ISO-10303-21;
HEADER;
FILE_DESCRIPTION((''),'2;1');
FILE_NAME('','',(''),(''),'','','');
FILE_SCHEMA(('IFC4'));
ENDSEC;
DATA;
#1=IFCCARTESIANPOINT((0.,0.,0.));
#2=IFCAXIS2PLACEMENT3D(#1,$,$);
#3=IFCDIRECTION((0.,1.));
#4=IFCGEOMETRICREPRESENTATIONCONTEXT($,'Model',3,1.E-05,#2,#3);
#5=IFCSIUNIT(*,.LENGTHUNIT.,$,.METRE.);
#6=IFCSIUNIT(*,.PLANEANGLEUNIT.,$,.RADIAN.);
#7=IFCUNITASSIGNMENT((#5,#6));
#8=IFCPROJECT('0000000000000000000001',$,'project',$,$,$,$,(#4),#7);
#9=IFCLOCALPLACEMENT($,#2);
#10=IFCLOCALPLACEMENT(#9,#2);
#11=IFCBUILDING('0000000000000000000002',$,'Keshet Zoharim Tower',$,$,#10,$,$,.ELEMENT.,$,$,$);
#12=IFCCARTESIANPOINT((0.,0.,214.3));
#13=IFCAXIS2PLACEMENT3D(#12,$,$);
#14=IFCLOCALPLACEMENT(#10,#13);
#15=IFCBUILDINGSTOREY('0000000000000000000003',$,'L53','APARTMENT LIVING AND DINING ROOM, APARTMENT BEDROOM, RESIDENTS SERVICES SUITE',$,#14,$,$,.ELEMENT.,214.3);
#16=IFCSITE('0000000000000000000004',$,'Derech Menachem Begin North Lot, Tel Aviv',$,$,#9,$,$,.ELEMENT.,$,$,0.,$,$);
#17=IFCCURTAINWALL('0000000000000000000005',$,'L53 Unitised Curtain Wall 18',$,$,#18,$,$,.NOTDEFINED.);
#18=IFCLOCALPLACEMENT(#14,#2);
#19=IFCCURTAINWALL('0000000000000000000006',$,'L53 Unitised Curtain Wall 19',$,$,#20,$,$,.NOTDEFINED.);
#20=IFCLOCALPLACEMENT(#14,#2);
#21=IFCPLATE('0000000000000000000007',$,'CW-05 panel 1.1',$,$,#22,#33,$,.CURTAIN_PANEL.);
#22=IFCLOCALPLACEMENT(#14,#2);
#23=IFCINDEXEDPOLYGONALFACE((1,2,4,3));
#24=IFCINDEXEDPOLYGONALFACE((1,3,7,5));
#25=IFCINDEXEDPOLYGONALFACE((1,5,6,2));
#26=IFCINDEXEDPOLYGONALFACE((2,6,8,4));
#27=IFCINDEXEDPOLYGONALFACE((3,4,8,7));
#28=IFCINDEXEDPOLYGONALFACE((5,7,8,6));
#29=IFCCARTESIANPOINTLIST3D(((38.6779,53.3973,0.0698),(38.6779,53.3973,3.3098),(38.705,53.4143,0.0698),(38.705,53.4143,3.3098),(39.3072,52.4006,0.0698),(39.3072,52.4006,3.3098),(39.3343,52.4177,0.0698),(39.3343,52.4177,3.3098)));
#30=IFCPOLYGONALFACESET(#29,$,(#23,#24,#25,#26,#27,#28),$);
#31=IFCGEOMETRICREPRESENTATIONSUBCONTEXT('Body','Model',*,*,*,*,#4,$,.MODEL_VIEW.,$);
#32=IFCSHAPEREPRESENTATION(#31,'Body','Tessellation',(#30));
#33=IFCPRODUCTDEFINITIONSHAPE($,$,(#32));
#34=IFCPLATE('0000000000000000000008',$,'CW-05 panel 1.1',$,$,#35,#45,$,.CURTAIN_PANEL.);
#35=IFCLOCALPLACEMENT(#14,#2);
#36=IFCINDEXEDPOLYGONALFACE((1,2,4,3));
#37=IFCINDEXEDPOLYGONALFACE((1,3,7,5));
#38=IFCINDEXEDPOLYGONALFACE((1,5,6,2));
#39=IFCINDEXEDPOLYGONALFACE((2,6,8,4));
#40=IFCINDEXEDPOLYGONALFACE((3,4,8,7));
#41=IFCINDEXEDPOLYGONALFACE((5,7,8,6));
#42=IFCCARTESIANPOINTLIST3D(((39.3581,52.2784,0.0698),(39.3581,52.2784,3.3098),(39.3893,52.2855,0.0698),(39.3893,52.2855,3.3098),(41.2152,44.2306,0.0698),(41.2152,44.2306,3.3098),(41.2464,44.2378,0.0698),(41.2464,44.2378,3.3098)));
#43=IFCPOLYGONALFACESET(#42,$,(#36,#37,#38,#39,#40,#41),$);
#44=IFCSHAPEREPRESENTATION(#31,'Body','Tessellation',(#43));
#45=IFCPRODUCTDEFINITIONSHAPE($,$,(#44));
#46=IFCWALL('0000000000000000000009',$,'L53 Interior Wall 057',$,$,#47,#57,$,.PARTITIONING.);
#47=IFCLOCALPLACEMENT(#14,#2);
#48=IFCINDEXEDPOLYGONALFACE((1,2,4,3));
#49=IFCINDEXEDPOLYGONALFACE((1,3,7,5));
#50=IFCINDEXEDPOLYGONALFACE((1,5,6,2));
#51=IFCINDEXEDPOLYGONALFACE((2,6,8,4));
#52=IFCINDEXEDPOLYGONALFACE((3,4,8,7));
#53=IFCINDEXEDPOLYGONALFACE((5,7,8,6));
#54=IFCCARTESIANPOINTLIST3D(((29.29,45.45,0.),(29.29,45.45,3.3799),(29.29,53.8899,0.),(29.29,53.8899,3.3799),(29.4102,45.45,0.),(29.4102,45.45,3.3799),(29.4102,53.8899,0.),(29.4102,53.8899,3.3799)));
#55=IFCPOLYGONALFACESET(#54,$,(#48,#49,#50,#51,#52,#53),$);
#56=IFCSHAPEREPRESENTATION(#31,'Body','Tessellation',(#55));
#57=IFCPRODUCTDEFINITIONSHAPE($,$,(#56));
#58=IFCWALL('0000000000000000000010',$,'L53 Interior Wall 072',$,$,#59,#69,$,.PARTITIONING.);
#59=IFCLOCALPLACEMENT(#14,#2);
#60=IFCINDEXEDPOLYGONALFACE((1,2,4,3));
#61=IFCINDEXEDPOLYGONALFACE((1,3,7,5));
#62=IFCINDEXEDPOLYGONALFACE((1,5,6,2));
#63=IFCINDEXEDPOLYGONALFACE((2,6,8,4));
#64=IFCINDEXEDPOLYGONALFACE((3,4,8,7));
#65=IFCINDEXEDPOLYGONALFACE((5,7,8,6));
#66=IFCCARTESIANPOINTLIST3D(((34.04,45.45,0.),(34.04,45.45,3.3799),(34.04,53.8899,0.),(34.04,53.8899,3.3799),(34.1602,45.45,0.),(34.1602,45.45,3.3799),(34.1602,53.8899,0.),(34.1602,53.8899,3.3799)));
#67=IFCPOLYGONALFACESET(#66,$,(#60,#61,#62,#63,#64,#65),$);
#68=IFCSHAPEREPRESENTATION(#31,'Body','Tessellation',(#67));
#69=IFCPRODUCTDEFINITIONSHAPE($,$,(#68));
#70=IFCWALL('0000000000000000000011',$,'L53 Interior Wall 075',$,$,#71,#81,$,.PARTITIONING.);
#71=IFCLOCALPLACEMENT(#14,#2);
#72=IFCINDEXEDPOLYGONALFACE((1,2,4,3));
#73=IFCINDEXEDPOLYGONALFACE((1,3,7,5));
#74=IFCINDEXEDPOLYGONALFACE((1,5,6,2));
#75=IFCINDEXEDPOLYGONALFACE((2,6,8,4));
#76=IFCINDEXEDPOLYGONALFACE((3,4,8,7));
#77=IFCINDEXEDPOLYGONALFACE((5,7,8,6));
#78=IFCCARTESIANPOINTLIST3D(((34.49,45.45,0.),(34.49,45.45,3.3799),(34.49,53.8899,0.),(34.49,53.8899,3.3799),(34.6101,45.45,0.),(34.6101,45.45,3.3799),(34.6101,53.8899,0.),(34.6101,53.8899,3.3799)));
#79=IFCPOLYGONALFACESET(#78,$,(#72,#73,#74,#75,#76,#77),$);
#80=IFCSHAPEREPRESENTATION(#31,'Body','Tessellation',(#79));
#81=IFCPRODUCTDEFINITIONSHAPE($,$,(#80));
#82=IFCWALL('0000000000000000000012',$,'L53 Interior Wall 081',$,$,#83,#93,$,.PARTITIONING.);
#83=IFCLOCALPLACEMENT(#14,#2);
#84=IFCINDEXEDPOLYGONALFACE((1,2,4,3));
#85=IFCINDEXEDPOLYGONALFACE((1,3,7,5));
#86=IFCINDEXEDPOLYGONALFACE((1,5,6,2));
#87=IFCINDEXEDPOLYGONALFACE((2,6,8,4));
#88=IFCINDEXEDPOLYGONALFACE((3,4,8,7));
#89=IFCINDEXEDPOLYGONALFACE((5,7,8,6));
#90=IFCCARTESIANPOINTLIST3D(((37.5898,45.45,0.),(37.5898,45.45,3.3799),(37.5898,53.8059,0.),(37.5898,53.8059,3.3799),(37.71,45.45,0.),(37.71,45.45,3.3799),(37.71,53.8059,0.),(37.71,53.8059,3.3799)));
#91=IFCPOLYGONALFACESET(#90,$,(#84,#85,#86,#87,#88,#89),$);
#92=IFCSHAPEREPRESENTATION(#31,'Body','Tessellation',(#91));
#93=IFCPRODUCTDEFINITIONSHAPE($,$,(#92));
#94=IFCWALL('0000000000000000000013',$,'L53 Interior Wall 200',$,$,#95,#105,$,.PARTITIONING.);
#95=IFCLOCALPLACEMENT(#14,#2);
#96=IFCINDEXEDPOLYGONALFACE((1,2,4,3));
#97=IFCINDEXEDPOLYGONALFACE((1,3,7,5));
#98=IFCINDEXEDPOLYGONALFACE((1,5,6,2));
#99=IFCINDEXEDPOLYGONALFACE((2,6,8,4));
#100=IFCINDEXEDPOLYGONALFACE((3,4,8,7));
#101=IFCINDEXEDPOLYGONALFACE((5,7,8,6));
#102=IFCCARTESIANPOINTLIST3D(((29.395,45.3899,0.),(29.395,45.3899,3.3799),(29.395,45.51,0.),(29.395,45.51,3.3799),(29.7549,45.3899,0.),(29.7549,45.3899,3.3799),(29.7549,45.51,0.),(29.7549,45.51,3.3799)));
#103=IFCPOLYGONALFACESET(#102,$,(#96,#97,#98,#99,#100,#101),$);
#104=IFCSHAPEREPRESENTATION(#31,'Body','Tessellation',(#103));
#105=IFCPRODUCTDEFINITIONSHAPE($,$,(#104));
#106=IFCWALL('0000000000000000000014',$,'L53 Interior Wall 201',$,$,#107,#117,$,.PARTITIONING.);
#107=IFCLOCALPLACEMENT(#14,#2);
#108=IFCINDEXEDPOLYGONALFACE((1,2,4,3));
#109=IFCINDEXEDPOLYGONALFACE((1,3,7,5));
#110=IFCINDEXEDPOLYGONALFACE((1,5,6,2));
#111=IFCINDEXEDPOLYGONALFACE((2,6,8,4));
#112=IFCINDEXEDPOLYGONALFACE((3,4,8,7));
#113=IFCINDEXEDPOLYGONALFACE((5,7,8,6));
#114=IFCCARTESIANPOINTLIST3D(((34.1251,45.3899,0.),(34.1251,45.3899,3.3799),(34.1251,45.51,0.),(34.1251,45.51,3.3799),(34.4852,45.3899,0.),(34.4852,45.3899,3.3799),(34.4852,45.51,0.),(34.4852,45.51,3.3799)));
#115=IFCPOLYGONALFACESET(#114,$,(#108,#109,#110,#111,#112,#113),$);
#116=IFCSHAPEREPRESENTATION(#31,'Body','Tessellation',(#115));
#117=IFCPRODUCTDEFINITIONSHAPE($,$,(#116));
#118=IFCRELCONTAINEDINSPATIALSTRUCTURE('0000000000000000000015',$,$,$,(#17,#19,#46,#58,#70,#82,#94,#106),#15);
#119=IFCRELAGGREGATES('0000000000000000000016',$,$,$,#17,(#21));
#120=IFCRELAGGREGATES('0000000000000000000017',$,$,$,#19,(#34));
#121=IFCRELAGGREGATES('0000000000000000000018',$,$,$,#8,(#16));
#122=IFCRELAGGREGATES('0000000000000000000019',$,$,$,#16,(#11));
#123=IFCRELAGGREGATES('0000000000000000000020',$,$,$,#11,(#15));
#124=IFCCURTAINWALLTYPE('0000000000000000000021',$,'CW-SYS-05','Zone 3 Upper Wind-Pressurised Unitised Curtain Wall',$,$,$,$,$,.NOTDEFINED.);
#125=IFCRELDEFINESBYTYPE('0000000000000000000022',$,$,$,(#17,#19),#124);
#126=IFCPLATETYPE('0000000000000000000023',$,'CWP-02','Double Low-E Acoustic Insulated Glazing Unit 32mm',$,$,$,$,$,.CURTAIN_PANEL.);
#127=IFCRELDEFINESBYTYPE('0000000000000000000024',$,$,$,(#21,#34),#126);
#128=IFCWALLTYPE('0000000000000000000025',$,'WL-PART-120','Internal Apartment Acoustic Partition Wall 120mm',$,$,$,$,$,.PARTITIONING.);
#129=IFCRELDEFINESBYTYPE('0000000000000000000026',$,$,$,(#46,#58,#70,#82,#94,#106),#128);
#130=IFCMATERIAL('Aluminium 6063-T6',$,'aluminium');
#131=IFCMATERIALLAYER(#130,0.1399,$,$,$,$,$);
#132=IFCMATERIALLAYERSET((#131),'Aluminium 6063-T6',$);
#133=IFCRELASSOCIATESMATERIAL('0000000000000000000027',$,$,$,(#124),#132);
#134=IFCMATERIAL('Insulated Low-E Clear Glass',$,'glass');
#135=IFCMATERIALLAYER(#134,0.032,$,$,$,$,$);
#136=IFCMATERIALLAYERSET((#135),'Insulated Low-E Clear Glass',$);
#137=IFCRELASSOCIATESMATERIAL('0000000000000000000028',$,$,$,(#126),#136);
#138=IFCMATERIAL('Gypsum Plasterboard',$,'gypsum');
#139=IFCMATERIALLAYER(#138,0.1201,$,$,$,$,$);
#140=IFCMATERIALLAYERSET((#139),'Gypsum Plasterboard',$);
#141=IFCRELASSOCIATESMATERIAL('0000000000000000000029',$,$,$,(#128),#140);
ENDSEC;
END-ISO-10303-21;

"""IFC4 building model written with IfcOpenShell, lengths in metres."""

from ifc_helpers import new_model, si_unit, direction, frame, frame_2d, origin, origin_2d, place, context, subcontext, project, spatial, rectangle, extrude, material, layer, layer_set, type_object, element, aggregate, save


model = new_model("IFC4")

# Units and contexts
model_context = context("Model", 3, precision=1e-05, world=origin(), true_north=direction((0.0, 1.0)))
body_context = subcontext(model_context, "Body", "Model", "MODEL_VIEW")
ifc_project = project(units=[si_unit("LENGTHUNIT", "METRE"), si_unit("PLANEANGLEUNIT", "RADIAN")], contexts=[model_context])

# Site, building, storey
site_placement = place(None, origin())
site = spatial("IfcSite", under=ifc_project, at=site_placement, Name="Derech Menachem Begin North Lot, Tel Aviv", CompositionType="ELEMENT", RefElevation=0.0)
building_placement = place(site_placement, origin())
building = spatial("IfcBuilding", under=site, at=building_placement, Name="Keshet Zoharim Tower", CompositionType="ELEMENT")
storey_placement = place(building_placement, frame((0.0, 0.0, 214.3)))
storey = spatial("IfcBuildingStorey", under=building, at=storey_placement, Name="L53", Description="APARTMENT LIVING AND DINING ROOM, APARTMENT BEDROOM, RESIDENTS SERVICES SUITE", CompositionType="ELEMENT", Elevation=214.3)

# Curtain walls
ifc_material_1 = material(Name="Aluminium 6063-T6", Category="aluminium")
ifc_layer_1 = layer(ifc_material_1, 0.1399)
ifc_layer_set_1 = layer_set([ifc_layer_1], Name="Aluminium 6063-T6")
curtain_wall_type = type_object("IfcCurtainWallType", Name="CW-SYS-05", Description="Zone 3 Upper Wind-Pressurised Unitised Curtain Wall", PredefinedType="NOTDEFINED", material=ifc_layer_set_1)
curtain_wall_1_placement = place(storey_placement, origin())
curtain_wall_1 = element("IfcCurtainWall", 1, at=curtain_wall_1_placement, inside=storey, type_object=curtain_wall_type, Name="L53 Unitised Curtain Wall 18", PredefinedType="NOTDEFINED")
curtain_wall_2_placement = place(storey_placement, origin())
curtain_wall_2 = element("IfcCurtainWall", 2, at=curtain_wall_2_placement, inside=storey, type_object=curtain_wall_type, Name="L53 Unitised Curtain Wall 19", PredefinedType="NOTDEFINED")

# Plates
ifc_material_2 = material(Name="Insulated Low-E Clear Glass", Category="glass")
ifc_layer_2 = layer(ifc_material_2, 0.032)
ifc_layer_set_2 = layer_set([ifc_layer_2], Name="Insulated Low-E Clear Glass")
plate_type = type_object("IfcPlateType", Name="CWP-02", Description="Double Low-E Acoustic Insulated Glazing Unit 32mm", PredefinedType="CURTAIN_PANEL", material=ifc_layer_set_2)
plate_1_placement = place(storey_placement, frame((39.0061, 52.9075, 0.0698), z_axis=(0.0, 0.0, 1.0), x_axis=(0.533879, -0.845561, 0.0)))
plate_1 = element("IfcPlate", 3, at=plate_1_placement, type_object=plate_type, Name="CW-05 panel 1.1", PredefinedType="CURTAIN_PANEL", context=body_context, shape_type="SweptSolid", body=[
    extrude(rectangle(XDim=1.1787, YDim=0.032, at=origin_2d()), origin(), (0.0, 0.0, 1.0), 3.24),
])
aggregate(curtain_wall_1, [plate_1])
plate_2_placement = place(storey_placement, frame((40.3022, 48.2581, 0.0698), z_axis=(0.0, 0.0, 1.0), x_axis=(0.224848, -0.974394, 0.0)))
plate_2 = element("IfcPlate", 4, at=plate_2_placement, type_object=plate_type, Name="CW-05 panel 1.1", PredefinedType="CURTAIN_PANEL", context=body_context, shape_type="SweptSolid", body=[
    extrude(rectangle(XDim=8.2593, YDim=0.032, at=origin_2d()), origin(), (0.0, 0.0, 1.0), 3.24),
])
aggregate(curtain_wall_2, [plate_2])

# Walls
ifc_material_3 = material(Name="Gypsum Plasterboard", Category="gypsum")
ifc_layer_3 = layer(ifc_material_3, 0.1201)
ifc_layer_set_3 = layer_set([ifc_layer_3], Name="Gypsum Plasterboard")
wall_type = type_object("IfcWallType", Name="WL-PART-120", Description="Internal Apartment Acoustic Partition Wall 120mm", PredefinedType="PARTITIONING", material=ifc_layer_set_3)
for number, where, z_axis, x_axis, name in (
    (5, (29.3501, 45.45, 0.0), (0.0, 0.0, 1.0), (0.0, 1.0, 0.0), "L53 Interior Wall 057"),
    (6, (34.1001, 45.45, 0.0), (0.0, 0.0, 1.0), (0.0, 1.0, 0.0), "L53 Interior Wall 072"),
    (7, (34.55, 45.45, 0.0), (0.0, 0.0, 1.0), (0.0, 1.0, 0.0), "L53 Interior Wall 075"),
):
    element("IfcWall", number, at=place(storey_placement, frame(where, z_axis=z_axis, x_axis=x_axis)), inside=storey, type_object=wall_type, Name=name, PredefinedType="PARTITIONING", context=body_context, shape_type="SweptSolid", body=[
        extrude(rectangle(XDim=8.4399, YDim=0.1201, at=frame_2d((4.22, 0.0))), origin(), (0.0, 0.0, 1.0), 3.3799),
    ])
wall_1_placement = place(storey_placement, frame((37.6499, 45.45, 0.0), z_axis=(0.0, 0.0, 1.0), x_axis=(0.0, 1.0, 0.0)))
element("IfcWall", 8, at=wall_1_placement, inside=storey, type_object=wall_type, Name="L53 Interior Wall 081", PredefinedType="PARTITIONING", context=body_context, shape_type="SweptSolid", body=[
    extrude(rectangle(XDim=8.356, YDim=0.1201, at=frame_2d((4.178, 0.0))), origin(), (0.0, 0.0, 1.0), 3.3799),
])
wall_2_placement = place(storey_placement, frame((29.395, 45.45, 0.0), z_axis=(0.0, 0.0, 1.0), x_axis=(1.0, 0.0, 0.0)))
element("IfcWall", 9, at=wall_2_placement, inside=storey, type_object=wall_type, Name="L53 Interior Wall 200", PredefinedType="PARTITIONING", context=body_context, shape_type="SweptSolid", body=[
    extrude(rectangle(XDim=0.3599, YDim=0.1201, at=frame_2d((0.1799, 0.0))), origin(), (0.0, 0.0, 1.0), 3.3799),
])
wall_3_placement = place(storey_placement, frame((34.125, 45.45, 0.0), z_axis=(0.0, 0.0, 1.0), x_axis=(1.0, 0.0, 0.0)))
element("IfcWall", 10, at=wall_3_placement, inside=storey, type_object=wall_type, Name="L53 Interior Wall 201", PredefinedType="PARTITIONING", context=body_context, shape_type="SweptSolid", body=[
    extrude(rectangle(XDim=0.3601, YDim=0.1201, at=frame_2d((0.1802, 0.0))), origin(), (0.0, 0.0, 1.0), 3.3799),
])

save(model, "model.ifc")
